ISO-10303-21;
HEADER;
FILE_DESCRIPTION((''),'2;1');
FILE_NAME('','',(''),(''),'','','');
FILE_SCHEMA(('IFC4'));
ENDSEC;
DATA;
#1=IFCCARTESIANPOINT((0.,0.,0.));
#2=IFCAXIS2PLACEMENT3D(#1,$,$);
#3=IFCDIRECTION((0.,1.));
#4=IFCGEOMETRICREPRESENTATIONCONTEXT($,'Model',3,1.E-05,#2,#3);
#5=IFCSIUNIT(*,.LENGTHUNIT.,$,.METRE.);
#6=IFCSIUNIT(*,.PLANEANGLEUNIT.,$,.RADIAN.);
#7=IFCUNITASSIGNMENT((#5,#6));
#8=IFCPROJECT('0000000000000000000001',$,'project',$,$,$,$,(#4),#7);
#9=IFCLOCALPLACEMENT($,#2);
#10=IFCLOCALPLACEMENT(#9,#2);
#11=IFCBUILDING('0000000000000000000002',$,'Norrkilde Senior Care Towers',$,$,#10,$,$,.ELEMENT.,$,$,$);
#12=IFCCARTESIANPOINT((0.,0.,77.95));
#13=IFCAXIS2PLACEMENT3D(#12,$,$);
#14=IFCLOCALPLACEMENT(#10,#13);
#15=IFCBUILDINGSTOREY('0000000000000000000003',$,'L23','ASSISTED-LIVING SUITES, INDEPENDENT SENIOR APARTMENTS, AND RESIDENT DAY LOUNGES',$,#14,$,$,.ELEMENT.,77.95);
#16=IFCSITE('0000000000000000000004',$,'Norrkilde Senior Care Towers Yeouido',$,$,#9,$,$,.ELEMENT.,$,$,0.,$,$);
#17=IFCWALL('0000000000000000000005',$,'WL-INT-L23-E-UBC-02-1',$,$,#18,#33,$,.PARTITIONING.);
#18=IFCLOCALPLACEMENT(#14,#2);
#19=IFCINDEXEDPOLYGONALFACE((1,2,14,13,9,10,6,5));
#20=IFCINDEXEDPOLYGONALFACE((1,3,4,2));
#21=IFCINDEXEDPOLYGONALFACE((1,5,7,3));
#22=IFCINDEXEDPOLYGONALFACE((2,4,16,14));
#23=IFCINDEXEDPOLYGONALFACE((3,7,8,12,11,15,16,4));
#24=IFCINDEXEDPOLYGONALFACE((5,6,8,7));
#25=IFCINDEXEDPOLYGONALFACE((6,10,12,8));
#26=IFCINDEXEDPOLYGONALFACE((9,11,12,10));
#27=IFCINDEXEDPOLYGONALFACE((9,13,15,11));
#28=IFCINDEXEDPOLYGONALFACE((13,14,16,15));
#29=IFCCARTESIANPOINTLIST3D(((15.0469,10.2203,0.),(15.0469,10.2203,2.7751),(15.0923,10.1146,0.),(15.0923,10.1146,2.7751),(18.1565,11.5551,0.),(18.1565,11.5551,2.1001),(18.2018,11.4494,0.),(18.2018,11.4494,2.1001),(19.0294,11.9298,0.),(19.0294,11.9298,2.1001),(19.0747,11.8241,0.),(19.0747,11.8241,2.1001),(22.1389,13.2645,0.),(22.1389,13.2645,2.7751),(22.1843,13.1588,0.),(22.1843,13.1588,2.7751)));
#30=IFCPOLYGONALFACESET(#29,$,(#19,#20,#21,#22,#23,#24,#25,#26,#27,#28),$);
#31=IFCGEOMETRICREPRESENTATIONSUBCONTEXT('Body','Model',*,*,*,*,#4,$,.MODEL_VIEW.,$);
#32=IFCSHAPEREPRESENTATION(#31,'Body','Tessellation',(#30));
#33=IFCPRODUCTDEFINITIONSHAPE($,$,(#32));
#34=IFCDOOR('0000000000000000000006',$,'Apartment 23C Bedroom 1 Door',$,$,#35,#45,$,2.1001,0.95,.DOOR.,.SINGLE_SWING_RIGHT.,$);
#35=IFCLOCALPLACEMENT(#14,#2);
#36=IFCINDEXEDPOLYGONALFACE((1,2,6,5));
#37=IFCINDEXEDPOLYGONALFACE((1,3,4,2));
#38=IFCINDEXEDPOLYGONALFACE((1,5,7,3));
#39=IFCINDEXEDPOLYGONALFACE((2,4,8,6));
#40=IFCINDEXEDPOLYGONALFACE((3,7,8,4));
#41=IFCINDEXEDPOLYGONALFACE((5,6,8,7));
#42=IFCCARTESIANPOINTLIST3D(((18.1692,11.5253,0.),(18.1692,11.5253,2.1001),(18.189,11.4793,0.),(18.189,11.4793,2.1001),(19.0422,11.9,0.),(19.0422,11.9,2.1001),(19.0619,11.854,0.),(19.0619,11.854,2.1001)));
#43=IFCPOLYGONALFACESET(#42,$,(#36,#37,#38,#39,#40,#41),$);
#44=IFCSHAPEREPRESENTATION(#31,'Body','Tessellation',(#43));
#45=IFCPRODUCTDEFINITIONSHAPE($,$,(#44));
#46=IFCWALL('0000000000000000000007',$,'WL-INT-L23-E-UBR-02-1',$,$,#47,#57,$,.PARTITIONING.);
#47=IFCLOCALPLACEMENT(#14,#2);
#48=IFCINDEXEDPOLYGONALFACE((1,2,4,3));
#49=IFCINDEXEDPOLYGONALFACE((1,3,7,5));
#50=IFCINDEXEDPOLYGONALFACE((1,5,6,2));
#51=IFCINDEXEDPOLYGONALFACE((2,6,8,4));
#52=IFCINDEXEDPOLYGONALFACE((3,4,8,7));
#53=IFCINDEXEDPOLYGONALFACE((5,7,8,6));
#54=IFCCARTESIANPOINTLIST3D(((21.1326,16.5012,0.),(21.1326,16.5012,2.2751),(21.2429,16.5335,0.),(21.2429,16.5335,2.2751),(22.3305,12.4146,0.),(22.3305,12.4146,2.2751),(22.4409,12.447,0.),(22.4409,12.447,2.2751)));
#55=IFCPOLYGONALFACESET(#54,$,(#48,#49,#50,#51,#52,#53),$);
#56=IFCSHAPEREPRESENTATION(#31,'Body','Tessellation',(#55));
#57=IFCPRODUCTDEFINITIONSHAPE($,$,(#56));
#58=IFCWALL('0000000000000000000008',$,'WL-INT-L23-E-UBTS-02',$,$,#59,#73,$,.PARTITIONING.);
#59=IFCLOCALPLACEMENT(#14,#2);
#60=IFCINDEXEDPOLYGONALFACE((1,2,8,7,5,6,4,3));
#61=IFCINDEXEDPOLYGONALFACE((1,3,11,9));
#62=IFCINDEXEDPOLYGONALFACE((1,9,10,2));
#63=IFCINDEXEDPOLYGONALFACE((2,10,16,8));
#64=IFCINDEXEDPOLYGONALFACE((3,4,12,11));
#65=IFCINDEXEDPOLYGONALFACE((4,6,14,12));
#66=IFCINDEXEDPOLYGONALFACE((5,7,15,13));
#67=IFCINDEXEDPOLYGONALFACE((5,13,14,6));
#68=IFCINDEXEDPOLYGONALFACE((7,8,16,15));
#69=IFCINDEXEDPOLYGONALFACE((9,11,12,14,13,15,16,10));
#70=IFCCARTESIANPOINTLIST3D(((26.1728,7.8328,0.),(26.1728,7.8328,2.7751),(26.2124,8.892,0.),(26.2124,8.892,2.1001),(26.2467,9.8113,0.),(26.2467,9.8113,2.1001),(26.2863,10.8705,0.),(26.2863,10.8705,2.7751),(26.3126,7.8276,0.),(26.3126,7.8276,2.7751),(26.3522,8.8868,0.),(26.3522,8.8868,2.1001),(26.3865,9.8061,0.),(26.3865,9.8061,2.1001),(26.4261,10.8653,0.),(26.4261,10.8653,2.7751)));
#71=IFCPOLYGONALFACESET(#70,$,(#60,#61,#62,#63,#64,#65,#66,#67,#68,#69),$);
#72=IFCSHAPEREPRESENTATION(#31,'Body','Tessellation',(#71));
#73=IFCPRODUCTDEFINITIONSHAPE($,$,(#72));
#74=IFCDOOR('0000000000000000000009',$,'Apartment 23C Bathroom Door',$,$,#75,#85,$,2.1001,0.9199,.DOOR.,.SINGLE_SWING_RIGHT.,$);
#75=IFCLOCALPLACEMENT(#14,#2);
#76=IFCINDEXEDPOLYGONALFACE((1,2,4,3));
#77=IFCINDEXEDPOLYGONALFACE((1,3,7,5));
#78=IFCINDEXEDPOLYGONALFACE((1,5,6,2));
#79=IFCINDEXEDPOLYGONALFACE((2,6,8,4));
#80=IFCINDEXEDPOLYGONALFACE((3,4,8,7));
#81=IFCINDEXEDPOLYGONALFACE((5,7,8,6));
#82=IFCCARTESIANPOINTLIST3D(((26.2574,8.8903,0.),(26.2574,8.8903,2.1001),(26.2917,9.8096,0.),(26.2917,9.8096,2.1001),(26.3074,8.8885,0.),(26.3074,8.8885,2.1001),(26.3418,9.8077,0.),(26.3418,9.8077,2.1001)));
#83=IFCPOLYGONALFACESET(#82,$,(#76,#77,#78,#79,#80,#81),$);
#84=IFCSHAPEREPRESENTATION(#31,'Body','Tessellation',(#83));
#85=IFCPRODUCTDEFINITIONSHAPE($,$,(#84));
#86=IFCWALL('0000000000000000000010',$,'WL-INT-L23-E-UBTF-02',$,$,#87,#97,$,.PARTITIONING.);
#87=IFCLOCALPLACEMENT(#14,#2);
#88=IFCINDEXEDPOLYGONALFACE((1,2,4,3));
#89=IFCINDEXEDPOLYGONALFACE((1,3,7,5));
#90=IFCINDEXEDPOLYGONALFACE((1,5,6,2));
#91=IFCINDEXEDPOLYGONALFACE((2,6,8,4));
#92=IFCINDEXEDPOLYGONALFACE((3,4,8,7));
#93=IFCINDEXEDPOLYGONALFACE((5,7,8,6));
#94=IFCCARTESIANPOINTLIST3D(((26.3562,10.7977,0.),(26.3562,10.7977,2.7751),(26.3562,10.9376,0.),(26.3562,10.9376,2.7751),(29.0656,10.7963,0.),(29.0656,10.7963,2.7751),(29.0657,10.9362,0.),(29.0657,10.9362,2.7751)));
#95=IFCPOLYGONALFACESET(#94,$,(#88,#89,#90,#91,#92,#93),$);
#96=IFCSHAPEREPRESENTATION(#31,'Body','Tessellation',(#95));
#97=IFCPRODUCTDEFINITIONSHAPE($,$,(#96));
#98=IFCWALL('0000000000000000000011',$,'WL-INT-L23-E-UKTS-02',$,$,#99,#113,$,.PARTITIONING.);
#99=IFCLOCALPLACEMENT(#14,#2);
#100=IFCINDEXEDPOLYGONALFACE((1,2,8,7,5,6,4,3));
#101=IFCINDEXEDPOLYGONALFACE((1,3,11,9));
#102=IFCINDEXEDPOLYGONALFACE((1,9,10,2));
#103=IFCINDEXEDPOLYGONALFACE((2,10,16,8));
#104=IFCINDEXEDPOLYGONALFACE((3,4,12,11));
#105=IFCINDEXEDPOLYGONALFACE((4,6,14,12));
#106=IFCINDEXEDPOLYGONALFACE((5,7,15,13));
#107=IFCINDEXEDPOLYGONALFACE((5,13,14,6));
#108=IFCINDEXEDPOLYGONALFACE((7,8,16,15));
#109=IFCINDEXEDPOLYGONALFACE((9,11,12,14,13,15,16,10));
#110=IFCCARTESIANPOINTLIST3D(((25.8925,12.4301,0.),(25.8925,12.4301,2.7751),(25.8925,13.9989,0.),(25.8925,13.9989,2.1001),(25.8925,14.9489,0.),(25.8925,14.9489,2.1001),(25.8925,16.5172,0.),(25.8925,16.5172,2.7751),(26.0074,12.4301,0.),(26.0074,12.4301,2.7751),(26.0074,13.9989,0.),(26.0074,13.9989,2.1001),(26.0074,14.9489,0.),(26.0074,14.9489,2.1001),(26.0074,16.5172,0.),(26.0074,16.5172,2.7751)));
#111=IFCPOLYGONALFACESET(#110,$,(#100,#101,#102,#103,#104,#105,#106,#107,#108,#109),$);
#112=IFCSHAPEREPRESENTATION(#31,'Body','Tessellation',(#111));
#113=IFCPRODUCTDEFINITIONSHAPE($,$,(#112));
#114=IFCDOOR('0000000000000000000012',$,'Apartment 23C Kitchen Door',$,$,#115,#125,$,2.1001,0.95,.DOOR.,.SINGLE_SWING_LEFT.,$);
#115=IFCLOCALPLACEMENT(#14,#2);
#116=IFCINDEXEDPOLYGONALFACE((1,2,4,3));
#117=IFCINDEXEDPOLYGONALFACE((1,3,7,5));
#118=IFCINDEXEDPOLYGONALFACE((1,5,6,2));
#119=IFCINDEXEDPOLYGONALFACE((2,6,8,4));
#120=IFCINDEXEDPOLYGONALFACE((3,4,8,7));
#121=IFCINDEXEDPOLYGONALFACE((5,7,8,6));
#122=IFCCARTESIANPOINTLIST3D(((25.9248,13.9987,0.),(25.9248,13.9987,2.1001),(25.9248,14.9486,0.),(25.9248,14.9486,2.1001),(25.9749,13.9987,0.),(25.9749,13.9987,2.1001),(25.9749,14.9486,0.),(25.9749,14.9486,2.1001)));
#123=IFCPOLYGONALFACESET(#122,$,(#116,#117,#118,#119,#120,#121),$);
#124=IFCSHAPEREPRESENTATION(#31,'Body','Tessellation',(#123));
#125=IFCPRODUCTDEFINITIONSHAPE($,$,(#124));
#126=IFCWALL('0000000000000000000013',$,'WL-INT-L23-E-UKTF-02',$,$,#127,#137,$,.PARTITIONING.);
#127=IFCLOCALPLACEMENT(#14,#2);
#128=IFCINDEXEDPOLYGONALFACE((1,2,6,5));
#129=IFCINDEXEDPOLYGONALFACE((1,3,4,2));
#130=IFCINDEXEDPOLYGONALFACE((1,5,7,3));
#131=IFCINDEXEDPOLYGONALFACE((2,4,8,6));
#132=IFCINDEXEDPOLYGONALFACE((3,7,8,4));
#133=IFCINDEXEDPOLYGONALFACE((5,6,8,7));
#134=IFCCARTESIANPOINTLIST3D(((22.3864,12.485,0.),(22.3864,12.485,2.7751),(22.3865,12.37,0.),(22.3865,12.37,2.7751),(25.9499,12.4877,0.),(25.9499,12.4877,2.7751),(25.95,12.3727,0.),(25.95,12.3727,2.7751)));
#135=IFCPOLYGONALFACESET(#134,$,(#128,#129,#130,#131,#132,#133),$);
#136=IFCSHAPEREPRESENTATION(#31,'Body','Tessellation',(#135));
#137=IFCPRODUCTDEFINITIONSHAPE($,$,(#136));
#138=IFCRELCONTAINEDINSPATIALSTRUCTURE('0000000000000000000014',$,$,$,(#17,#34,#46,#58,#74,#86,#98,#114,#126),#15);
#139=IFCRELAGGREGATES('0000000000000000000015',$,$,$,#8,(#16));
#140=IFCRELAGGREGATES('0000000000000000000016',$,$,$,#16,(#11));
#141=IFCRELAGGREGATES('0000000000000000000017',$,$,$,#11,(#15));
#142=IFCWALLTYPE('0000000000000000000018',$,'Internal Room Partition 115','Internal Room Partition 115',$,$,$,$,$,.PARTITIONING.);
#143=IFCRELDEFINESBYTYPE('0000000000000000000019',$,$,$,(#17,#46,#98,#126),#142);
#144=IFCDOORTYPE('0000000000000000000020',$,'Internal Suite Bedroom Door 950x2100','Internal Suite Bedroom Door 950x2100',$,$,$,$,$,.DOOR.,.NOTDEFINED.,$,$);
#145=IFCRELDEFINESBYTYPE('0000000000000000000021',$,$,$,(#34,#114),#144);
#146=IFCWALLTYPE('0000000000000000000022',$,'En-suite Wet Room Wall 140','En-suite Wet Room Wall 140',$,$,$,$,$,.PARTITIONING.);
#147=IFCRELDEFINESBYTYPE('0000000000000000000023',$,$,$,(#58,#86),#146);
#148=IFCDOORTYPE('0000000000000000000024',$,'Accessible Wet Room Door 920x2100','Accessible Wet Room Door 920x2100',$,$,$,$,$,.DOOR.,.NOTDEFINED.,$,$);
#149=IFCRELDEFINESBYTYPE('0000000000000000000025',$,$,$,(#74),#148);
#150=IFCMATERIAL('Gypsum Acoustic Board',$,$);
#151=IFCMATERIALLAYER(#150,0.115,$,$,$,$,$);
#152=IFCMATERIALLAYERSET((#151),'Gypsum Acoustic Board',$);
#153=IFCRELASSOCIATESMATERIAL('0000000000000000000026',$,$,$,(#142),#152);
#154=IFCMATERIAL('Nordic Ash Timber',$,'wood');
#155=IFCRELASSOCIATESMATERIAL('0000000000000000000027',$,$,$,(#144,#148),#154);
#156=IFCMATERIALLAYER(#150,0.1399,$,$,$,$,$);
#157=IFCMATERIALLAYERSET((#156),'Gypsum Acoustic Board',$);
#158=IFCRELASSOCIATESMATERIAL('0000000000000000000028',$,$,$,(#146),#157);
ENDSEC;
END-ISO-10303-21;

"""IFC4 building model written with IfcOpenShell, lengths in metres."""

from ifc_helpers import new_model, si_unit, direction, frame, frame_2d, origin, place, context, subcontext, project, spatial, rectangle, extrude, source, transform, mapped, material, layer, layer_set, type_object, type_shapes, element, fill, save


model = new_model("IFC4")

# Units and contexts
model_context = context("Model", 3, precision=1e-05, world=origin(), true_north=direction((0.0, 1.0)))
body_context = subcontext(model_context, "Body", "Model", "MODEL_VIEW")
ifc_project = project(units=[si_unit("LENGTHUNIT", "METRE"), si_unit("PLANEANGLEUNIT", "RADIAN")], contexts=[model_context])

# Site, building, storey
site_placement = place(None, origin())
site = spatial("IfcSite", under=ifc_project, at=site_placement, Name="Norrkilde Senior Care Towers Yeouido", CompositionType="ELEMENT", RefElevation=0.0)
building_placement = place(site_placement, origin())
building = spatial("IfcBuilding", under=site, at=building_placement, Name="Norrkilde Senior Care Towers", CompositionType="ELEMENT")
storey_placement = place(building_placement, frame((0.0, 0.0, 77.95)))
storey = spatial("IfcBuildingStorey", under=building, at=storey_placement, Name="L23", Description="ASSISTED-LIVING SUITES, INDEPENDENT SENIOR APARTMENTS, AND RESIDENT DAY LOUNGES", CompositionType="ELEMENT", Elevation=77.95)

# Shared definitions
ifc_material_1 = material(Name="Gypsum Acoustic Board")
ifc_layer_1 = layer(ifc_material_1, 0.115)
ifc_layer_set_1 = layer_set([ifc_layer_1], Name="Gypsum Acoustic Board")
wall_type_1 = type_object("IfcWallType", Name="Internal Room Partition 115", Description="Internal Room Partition 115", PredefinedType="PARTITIONING", material=ifc_layer_set_1)

# Wall, opening, door
shared_shape_1 = source(origin(), body_context, "Body", "SweptSolid", [
    extrude(rectangle(XDim=7.7178, YDim=0.115, at=frame_2d((3.8589, 0.0))), origin(), (0.0, 0.0, 1.0), 2.7751),
])
wall_1_placement = place(storey_placement, frame((22.1616, 13.2117, 0.0), z_axis=(0.0, 0.0, 1.0), x_axis=(-0.918922, -0.394438, 0.0)))
wall_1 = element("IfcWall", 1, at=wall_1_placement, inside=storey, type_object=wall_type_1, Name="WL-INT-L23-E-UBC-02-1", PredefinedType="PARTITIONING", context=body_context, shape_type="MappedRepresentation", body=[
    mapped(shared_shape_1, transform((0.0, 0.0, 0.0), x_axis=(1.0, 0.0, 0.0), y_axis=(0.0, 1.0, 0.0), z_axis=(0.0, 0.0, 1.0), scale=1.0)),
])
opening_1_placement = place(wall_1_placement, frame((3.3838, 0.0, 0.0)))
opening_1 = element("IfcOpeningElement", 2, at=opening_1_placement, cuts=wall_1, PredefinedType="OPENING", context=body_context, shape_type="SweptSolid", body=[
    extrude(rectangle(XDim=0.95, YDim=2.1001, at=frame_2d((0.4751, 1.05))), frame((0.0, 0.0674, 0.0), z_axis=(0.0, -1.0, 0.0), x_axis=(1.0, 0.0, 0.0)), (0.0, 0.0, 1.0), 0.135),
])
ifc_material_2 = material(Name="Nordic Ash Timber", Category="wood")
door_type_1 = type_object("IfcDoorType", Name="Internal Suite Bedroom Door 950x2100", Description="Internal Suite Bedroom Door 950x2100", OperationType="NOTDEFINED", PredefinedType="DOOR", material=ifc_material_2)
shared_shape_2 = source(origin(), body_context, "Body", "SweptSolid", [
    extrude(rectangle(XDim=0.95, YDim=2.1001, at=frame_2d((0.4751, 1.05))), frame((0.0, 0.0249, 0.0), z_axis=(0.0, -1.0, 0.0), x_axis=(1.0, 0.0, 0.0)), (0.0, 0.0, 1.0), 0.05),
])
type_shapes(door_type_1, [shared_shape_2])
door_1_placement = place(opening_1_placement, origin())
door_1 = element("IfcDoor", 3, at=door_1_placement, inside=storey, type_object=door_type_1, Name="Apartment 23C Bedroom 1 Door", OperationType="SINGLE_SWING_RIGHT", OverallHeight=2.1001, OverallWidth=0.95, PredefinedType="DOOR", context=body_context, shape_type="MappedRepresentation", body=[
    mapped(shared_shape_2, transform((0.0, 0.0, 0.0), x_axis=(1.0, 0.0, 0.0), y_axis=(0.0, 1.0, 0.0), z_axis=(0.0, 0.0, 1.0), scale=1.0)),
])
fill(opening_1, door_1)

# Wall
shared_shape_3 = source(origin(), body_context, "Body", "SweptSolid", [
    extrude(rectangle(XDim=4.2585, YDim=0.115, at=frame_2d((2.1294, 0.0))), origin(), (0.0, 0.0, 1.0), 2.2751),
])
wall_2_placement = place(storey_placement, frame((22.3857, 12.4307, 0.0), z_axis=(0.0, 0.0, 1.0), x_axis=(-0.28131, 0.959617, 0.0)))
element("IfcWall", 4, at=wall_2_placement, inside=storey, type_object=wall_type_1, Name="WL-INT-L23-E-UBR-02-1", PredefinedType="PARTITIONING", context=body_context, shape_type="MappedRepresentation", body=[
    mapped(shared_shape_3, transform((0.0, 0.0, 0.0), x_axis=(1.0, 0.0, 0.0), y_axis=(0.0, 1.0, 0.0), z_axis=(0.0, 0.0, 1.0), scale=1.0)),
])

# Wall, opening, door
ifc_layer_2 = layer(ifc_material_1, 0.1399)
ifc_layer_set_2 = layer_set([ifc_layer_2], Name="Gypsum Acoustic Board")
wall_type_2 = type_object("IfcWallType", Name="En-suite Wet Room Wall 140", Description="En-suite Wet Room Wall 140", PredefinedType="PARTITIONING", material=ifc_layer_set_2)
shared_shape_4 = source(origin(), body_context, "Body", "SweptSolid", [
    extrude(rectangle(XDim=3.0398, YDim=0.1399, at=frame_2d((1.52, 0.0))), origin(), (0.0, 0.0, 1.0), 2.7751),
])
wall_3_placement = place(storey_placement, frame((26.2427, 7.8301, 0.0), z_axis=(0.0, 0.0, 1.0), x_axis=(0.037347, 0.999302, 0.0)))
wall_3 = element("IfcWall", 5, at=wall_3_placement, inside=storey, type_object=wall_type_2, Name="WL-INT-L23-E-UBTS-02", PredefinedType="PARTITIONING", context=body_context, shape_type="MappedRepresentation", body=[
    mapped(shared_shape_4, transform((0.0, 0.0, 0.0), x_axis=(1.0, 0.0, 0.0), y_axis=(0.0, 1.0, 0.0), z_axis=(0.0, 0.0, 1.0), scale=1.0)),
])
opening_2_placement = place(wall_3_placement, frame((1.0601, 0.0, 0.0)))
opening_2 = element("IfcOpeningElement", 6, at=opening_2_placement, cuts=wall_3, PredefinedType="OPENING", context=body_context, shape_type="SweptSolid", body=[
    extrude(rectangle(XDim=0.9199, YDim=2.1001, at=frame_2d((0.46, 1.05))), frame((0.0, 0.0798, 0.0), z_axis=(0.0, -1.0, 0.0), x_axis=(1.0, 0.0, 0.0)), (0.0, 0.0, 1.0), 0.1599),
])
door_type_2 = type_object("IfcDoorType", Name="Accessible Wet Room Door 920x2100", Description="Accessible Wet Room Door 920x2100", OperationType="NOTDEFINED", PredefinedType="DOOR", material=ifc_material_2)
shared_shape_5 = source(origin(), body_context, "Body", "SweptSolid", [
    extrude(rectangle(XDim=0.9199, YDim=2.1001, at=frame_2d((0.46, 1.05))), frame((0.0, 0.0249, 0.0), z_axis=(0.0, -1.0, 0.0), x_axis=(1.0, 0.0, 0.0)), (0.0, 0.0, 1.0), 0.05),
])
type_shapes(door_type_2, [shared_shape_5])
door_2_placement = place(opening_2_placement, origin())
door_2 = element("IfcDoor", 7, at=door_2_placement, inside=storey, type_object=door_type_2, Name="Apartment 23C Bathroom Door", OperationType="SINGLE_SWING_RIGHT", OverallHeight=2.1001, OverallWidth=0.9199, PredefinedType="DOOR", context=body_context, shape_type="MappedRepresentation", body=[
    mapped(shared_shape_5, transform((0.0, 0.0, 0.0), x_axis=(1.0, 0.0, 0.0), y_axis=(0.0, 1.0, 0.0), z_axis=(0.0, 0.0, 1.0), scale=1.0)),
])
fill(opening_2, door_2)

# Wall
shared_shape_6 = source(origin(), body_context, "Body", "SweptSolid", [
    extrude(rectangle(XDim=2.7095, YDim=0.1399, at=frame_2d((1.3547, 0.0))), origin(), (0.0, 0.0, 1.0), 2.7751),
])
type_shapes(wall_type_2, [shared_shape_4, shared_shape_6])
wall_4_placement = place(storey_placement, frame((26.3562, 10.8677, 0.0), z_axis=(0.0, 0.0, 1.0), x_axis=(1.0, -0.000541, 0.0)))
element("IfcWall", 8, at=wall_4_placement, inside=storey, type_object=wall_type_2, Name="WL-INT-L23-E-UBTF-02", PredefinedType="PARTITIONING", context=body_context, shape_type="MappedRepresentation", body=[
    mapped(shared_shape_6, transform((0.0, 0.0, 0.0), x_axis=(1.0, 0.0, 0.0), y_axis=(0.0, 1.0, 0.0), z_axis=(0.0, 0.0, 1.0), scale=1.0)),
])

# Wall, opening, door
shared_shape_7 = source(origin(), body_context, "Body", "SweptSolid", [
    extrude(rectangle(XDim=4.0872, YDim=0.115, at=frame_2d((2.0435, 0.0))), origin(), (0.0, 0.0, 1.0), 2.7751),
])
wall_5_placement = place(storey_placement, frame((25.95, 12.4302, 0.0), z_axis=(0.0, 0.0, 1.0), x_axis=(0.0, 1.0, 0.0)))
wall_5 = element("IfcWall", 9, at=wall_5_placement, inside=storey, type_object=wall_type_1, Name="WL-INT-L23-E-UKTS-02", PredefinedType="PARTITIONING", context=body_context, shape_type="MappedRepresentation", body=[
    mapped(shared_shape_7, transform((0.0, 0.0, 0.0), x_axis=(1.0, 0.0, 0.0), y_axis=(0.0, 1.0, 0.0), z_axis=(0.0, 0.0, 1.0), scale=1.0)),
])
opening_3_placement = place(wall_5_placement, frame((1.5686, 0.0, 0.0)))
opening_3 = element("IfcOpeningElement", 10, at=opening_3_placement, cuts=wall_5, PredefinedType="OPENING", context=body_context, shape_type="SweptSolid", body=[
    extrude(rectangle(XDim=0.95, YDim=2.1001, at=frame_2d((0.4751, 1.05))), frame((0.0, 0.0674, 0.0), z_axis=(0.0, -1.0, 0.0), x_axis=(1.0, 0.0, 0.0)), (0.0, 0.0, 1.0), 0.135),
])
door_3_placement = place(opening_3_placement, frame((0.95, 0.0, 0.0), z_axis=(0.0, 0.0, 1.0), x_axis=(-1.0, 0.0, 0.0)))
door_3 = element("IfcDoor", 11, at=door_3_placement, inside=storey, type_object=door_type_1, Name="Apartment 23C Kitchen Door", OperationType="SINGLE_SWING_LEFT", OverallHeight=2.1001, OverallWidth=0.95, PredefinedType="DOOR", context=body_context, shape_type="MappedRepresentation", body=[
    mapped(shared_shape_2, transform((0.0, 0.0, 0.0), x_axis=(1.0, 0.0, 0.0), y_axis=(0.0, 1.0, 0.0), z_axis=(0.0, 0.0, 1.0), scale=1.0)),
])
fill(opening_3, door_3)

# Wall
shared_shape_8 = source(origin(), body_context, "Body", "SweptSolid", [
    extrude(rectangle(XDim=3.5635, YDim=0.115, at=frame_2d((1.7817, 0.0))), origin(), (0.0, 0.0, 1.0), 2.7751),
])
wall_6_placement = place(storey_placement, frame((25.95, 12.4302, 0.0), z_axis=(0.0, 0.0, 1.0), x_axis=(-1.0, -0.000754, 0.0)))
element("IfcWall", 12, at=wall_6_placement, inside=storey, type_object=wall_type_1, Name="WL-INT-L23-E-UKTF-02", PredefinedType="PARTITIONING", context=body_context, shape_type="MappedRepresentation", body=[
    mapped(shared_shape_8, transform((0.0, 0.0, 0.0), x_axis=(1.0, 0.0, 0.0), y_axis=(0.0, 1.0, 0.0), z_axis=(0.0, 0.0, 1.0), scale=1.0)),
])

save(model, "model.ifc")
